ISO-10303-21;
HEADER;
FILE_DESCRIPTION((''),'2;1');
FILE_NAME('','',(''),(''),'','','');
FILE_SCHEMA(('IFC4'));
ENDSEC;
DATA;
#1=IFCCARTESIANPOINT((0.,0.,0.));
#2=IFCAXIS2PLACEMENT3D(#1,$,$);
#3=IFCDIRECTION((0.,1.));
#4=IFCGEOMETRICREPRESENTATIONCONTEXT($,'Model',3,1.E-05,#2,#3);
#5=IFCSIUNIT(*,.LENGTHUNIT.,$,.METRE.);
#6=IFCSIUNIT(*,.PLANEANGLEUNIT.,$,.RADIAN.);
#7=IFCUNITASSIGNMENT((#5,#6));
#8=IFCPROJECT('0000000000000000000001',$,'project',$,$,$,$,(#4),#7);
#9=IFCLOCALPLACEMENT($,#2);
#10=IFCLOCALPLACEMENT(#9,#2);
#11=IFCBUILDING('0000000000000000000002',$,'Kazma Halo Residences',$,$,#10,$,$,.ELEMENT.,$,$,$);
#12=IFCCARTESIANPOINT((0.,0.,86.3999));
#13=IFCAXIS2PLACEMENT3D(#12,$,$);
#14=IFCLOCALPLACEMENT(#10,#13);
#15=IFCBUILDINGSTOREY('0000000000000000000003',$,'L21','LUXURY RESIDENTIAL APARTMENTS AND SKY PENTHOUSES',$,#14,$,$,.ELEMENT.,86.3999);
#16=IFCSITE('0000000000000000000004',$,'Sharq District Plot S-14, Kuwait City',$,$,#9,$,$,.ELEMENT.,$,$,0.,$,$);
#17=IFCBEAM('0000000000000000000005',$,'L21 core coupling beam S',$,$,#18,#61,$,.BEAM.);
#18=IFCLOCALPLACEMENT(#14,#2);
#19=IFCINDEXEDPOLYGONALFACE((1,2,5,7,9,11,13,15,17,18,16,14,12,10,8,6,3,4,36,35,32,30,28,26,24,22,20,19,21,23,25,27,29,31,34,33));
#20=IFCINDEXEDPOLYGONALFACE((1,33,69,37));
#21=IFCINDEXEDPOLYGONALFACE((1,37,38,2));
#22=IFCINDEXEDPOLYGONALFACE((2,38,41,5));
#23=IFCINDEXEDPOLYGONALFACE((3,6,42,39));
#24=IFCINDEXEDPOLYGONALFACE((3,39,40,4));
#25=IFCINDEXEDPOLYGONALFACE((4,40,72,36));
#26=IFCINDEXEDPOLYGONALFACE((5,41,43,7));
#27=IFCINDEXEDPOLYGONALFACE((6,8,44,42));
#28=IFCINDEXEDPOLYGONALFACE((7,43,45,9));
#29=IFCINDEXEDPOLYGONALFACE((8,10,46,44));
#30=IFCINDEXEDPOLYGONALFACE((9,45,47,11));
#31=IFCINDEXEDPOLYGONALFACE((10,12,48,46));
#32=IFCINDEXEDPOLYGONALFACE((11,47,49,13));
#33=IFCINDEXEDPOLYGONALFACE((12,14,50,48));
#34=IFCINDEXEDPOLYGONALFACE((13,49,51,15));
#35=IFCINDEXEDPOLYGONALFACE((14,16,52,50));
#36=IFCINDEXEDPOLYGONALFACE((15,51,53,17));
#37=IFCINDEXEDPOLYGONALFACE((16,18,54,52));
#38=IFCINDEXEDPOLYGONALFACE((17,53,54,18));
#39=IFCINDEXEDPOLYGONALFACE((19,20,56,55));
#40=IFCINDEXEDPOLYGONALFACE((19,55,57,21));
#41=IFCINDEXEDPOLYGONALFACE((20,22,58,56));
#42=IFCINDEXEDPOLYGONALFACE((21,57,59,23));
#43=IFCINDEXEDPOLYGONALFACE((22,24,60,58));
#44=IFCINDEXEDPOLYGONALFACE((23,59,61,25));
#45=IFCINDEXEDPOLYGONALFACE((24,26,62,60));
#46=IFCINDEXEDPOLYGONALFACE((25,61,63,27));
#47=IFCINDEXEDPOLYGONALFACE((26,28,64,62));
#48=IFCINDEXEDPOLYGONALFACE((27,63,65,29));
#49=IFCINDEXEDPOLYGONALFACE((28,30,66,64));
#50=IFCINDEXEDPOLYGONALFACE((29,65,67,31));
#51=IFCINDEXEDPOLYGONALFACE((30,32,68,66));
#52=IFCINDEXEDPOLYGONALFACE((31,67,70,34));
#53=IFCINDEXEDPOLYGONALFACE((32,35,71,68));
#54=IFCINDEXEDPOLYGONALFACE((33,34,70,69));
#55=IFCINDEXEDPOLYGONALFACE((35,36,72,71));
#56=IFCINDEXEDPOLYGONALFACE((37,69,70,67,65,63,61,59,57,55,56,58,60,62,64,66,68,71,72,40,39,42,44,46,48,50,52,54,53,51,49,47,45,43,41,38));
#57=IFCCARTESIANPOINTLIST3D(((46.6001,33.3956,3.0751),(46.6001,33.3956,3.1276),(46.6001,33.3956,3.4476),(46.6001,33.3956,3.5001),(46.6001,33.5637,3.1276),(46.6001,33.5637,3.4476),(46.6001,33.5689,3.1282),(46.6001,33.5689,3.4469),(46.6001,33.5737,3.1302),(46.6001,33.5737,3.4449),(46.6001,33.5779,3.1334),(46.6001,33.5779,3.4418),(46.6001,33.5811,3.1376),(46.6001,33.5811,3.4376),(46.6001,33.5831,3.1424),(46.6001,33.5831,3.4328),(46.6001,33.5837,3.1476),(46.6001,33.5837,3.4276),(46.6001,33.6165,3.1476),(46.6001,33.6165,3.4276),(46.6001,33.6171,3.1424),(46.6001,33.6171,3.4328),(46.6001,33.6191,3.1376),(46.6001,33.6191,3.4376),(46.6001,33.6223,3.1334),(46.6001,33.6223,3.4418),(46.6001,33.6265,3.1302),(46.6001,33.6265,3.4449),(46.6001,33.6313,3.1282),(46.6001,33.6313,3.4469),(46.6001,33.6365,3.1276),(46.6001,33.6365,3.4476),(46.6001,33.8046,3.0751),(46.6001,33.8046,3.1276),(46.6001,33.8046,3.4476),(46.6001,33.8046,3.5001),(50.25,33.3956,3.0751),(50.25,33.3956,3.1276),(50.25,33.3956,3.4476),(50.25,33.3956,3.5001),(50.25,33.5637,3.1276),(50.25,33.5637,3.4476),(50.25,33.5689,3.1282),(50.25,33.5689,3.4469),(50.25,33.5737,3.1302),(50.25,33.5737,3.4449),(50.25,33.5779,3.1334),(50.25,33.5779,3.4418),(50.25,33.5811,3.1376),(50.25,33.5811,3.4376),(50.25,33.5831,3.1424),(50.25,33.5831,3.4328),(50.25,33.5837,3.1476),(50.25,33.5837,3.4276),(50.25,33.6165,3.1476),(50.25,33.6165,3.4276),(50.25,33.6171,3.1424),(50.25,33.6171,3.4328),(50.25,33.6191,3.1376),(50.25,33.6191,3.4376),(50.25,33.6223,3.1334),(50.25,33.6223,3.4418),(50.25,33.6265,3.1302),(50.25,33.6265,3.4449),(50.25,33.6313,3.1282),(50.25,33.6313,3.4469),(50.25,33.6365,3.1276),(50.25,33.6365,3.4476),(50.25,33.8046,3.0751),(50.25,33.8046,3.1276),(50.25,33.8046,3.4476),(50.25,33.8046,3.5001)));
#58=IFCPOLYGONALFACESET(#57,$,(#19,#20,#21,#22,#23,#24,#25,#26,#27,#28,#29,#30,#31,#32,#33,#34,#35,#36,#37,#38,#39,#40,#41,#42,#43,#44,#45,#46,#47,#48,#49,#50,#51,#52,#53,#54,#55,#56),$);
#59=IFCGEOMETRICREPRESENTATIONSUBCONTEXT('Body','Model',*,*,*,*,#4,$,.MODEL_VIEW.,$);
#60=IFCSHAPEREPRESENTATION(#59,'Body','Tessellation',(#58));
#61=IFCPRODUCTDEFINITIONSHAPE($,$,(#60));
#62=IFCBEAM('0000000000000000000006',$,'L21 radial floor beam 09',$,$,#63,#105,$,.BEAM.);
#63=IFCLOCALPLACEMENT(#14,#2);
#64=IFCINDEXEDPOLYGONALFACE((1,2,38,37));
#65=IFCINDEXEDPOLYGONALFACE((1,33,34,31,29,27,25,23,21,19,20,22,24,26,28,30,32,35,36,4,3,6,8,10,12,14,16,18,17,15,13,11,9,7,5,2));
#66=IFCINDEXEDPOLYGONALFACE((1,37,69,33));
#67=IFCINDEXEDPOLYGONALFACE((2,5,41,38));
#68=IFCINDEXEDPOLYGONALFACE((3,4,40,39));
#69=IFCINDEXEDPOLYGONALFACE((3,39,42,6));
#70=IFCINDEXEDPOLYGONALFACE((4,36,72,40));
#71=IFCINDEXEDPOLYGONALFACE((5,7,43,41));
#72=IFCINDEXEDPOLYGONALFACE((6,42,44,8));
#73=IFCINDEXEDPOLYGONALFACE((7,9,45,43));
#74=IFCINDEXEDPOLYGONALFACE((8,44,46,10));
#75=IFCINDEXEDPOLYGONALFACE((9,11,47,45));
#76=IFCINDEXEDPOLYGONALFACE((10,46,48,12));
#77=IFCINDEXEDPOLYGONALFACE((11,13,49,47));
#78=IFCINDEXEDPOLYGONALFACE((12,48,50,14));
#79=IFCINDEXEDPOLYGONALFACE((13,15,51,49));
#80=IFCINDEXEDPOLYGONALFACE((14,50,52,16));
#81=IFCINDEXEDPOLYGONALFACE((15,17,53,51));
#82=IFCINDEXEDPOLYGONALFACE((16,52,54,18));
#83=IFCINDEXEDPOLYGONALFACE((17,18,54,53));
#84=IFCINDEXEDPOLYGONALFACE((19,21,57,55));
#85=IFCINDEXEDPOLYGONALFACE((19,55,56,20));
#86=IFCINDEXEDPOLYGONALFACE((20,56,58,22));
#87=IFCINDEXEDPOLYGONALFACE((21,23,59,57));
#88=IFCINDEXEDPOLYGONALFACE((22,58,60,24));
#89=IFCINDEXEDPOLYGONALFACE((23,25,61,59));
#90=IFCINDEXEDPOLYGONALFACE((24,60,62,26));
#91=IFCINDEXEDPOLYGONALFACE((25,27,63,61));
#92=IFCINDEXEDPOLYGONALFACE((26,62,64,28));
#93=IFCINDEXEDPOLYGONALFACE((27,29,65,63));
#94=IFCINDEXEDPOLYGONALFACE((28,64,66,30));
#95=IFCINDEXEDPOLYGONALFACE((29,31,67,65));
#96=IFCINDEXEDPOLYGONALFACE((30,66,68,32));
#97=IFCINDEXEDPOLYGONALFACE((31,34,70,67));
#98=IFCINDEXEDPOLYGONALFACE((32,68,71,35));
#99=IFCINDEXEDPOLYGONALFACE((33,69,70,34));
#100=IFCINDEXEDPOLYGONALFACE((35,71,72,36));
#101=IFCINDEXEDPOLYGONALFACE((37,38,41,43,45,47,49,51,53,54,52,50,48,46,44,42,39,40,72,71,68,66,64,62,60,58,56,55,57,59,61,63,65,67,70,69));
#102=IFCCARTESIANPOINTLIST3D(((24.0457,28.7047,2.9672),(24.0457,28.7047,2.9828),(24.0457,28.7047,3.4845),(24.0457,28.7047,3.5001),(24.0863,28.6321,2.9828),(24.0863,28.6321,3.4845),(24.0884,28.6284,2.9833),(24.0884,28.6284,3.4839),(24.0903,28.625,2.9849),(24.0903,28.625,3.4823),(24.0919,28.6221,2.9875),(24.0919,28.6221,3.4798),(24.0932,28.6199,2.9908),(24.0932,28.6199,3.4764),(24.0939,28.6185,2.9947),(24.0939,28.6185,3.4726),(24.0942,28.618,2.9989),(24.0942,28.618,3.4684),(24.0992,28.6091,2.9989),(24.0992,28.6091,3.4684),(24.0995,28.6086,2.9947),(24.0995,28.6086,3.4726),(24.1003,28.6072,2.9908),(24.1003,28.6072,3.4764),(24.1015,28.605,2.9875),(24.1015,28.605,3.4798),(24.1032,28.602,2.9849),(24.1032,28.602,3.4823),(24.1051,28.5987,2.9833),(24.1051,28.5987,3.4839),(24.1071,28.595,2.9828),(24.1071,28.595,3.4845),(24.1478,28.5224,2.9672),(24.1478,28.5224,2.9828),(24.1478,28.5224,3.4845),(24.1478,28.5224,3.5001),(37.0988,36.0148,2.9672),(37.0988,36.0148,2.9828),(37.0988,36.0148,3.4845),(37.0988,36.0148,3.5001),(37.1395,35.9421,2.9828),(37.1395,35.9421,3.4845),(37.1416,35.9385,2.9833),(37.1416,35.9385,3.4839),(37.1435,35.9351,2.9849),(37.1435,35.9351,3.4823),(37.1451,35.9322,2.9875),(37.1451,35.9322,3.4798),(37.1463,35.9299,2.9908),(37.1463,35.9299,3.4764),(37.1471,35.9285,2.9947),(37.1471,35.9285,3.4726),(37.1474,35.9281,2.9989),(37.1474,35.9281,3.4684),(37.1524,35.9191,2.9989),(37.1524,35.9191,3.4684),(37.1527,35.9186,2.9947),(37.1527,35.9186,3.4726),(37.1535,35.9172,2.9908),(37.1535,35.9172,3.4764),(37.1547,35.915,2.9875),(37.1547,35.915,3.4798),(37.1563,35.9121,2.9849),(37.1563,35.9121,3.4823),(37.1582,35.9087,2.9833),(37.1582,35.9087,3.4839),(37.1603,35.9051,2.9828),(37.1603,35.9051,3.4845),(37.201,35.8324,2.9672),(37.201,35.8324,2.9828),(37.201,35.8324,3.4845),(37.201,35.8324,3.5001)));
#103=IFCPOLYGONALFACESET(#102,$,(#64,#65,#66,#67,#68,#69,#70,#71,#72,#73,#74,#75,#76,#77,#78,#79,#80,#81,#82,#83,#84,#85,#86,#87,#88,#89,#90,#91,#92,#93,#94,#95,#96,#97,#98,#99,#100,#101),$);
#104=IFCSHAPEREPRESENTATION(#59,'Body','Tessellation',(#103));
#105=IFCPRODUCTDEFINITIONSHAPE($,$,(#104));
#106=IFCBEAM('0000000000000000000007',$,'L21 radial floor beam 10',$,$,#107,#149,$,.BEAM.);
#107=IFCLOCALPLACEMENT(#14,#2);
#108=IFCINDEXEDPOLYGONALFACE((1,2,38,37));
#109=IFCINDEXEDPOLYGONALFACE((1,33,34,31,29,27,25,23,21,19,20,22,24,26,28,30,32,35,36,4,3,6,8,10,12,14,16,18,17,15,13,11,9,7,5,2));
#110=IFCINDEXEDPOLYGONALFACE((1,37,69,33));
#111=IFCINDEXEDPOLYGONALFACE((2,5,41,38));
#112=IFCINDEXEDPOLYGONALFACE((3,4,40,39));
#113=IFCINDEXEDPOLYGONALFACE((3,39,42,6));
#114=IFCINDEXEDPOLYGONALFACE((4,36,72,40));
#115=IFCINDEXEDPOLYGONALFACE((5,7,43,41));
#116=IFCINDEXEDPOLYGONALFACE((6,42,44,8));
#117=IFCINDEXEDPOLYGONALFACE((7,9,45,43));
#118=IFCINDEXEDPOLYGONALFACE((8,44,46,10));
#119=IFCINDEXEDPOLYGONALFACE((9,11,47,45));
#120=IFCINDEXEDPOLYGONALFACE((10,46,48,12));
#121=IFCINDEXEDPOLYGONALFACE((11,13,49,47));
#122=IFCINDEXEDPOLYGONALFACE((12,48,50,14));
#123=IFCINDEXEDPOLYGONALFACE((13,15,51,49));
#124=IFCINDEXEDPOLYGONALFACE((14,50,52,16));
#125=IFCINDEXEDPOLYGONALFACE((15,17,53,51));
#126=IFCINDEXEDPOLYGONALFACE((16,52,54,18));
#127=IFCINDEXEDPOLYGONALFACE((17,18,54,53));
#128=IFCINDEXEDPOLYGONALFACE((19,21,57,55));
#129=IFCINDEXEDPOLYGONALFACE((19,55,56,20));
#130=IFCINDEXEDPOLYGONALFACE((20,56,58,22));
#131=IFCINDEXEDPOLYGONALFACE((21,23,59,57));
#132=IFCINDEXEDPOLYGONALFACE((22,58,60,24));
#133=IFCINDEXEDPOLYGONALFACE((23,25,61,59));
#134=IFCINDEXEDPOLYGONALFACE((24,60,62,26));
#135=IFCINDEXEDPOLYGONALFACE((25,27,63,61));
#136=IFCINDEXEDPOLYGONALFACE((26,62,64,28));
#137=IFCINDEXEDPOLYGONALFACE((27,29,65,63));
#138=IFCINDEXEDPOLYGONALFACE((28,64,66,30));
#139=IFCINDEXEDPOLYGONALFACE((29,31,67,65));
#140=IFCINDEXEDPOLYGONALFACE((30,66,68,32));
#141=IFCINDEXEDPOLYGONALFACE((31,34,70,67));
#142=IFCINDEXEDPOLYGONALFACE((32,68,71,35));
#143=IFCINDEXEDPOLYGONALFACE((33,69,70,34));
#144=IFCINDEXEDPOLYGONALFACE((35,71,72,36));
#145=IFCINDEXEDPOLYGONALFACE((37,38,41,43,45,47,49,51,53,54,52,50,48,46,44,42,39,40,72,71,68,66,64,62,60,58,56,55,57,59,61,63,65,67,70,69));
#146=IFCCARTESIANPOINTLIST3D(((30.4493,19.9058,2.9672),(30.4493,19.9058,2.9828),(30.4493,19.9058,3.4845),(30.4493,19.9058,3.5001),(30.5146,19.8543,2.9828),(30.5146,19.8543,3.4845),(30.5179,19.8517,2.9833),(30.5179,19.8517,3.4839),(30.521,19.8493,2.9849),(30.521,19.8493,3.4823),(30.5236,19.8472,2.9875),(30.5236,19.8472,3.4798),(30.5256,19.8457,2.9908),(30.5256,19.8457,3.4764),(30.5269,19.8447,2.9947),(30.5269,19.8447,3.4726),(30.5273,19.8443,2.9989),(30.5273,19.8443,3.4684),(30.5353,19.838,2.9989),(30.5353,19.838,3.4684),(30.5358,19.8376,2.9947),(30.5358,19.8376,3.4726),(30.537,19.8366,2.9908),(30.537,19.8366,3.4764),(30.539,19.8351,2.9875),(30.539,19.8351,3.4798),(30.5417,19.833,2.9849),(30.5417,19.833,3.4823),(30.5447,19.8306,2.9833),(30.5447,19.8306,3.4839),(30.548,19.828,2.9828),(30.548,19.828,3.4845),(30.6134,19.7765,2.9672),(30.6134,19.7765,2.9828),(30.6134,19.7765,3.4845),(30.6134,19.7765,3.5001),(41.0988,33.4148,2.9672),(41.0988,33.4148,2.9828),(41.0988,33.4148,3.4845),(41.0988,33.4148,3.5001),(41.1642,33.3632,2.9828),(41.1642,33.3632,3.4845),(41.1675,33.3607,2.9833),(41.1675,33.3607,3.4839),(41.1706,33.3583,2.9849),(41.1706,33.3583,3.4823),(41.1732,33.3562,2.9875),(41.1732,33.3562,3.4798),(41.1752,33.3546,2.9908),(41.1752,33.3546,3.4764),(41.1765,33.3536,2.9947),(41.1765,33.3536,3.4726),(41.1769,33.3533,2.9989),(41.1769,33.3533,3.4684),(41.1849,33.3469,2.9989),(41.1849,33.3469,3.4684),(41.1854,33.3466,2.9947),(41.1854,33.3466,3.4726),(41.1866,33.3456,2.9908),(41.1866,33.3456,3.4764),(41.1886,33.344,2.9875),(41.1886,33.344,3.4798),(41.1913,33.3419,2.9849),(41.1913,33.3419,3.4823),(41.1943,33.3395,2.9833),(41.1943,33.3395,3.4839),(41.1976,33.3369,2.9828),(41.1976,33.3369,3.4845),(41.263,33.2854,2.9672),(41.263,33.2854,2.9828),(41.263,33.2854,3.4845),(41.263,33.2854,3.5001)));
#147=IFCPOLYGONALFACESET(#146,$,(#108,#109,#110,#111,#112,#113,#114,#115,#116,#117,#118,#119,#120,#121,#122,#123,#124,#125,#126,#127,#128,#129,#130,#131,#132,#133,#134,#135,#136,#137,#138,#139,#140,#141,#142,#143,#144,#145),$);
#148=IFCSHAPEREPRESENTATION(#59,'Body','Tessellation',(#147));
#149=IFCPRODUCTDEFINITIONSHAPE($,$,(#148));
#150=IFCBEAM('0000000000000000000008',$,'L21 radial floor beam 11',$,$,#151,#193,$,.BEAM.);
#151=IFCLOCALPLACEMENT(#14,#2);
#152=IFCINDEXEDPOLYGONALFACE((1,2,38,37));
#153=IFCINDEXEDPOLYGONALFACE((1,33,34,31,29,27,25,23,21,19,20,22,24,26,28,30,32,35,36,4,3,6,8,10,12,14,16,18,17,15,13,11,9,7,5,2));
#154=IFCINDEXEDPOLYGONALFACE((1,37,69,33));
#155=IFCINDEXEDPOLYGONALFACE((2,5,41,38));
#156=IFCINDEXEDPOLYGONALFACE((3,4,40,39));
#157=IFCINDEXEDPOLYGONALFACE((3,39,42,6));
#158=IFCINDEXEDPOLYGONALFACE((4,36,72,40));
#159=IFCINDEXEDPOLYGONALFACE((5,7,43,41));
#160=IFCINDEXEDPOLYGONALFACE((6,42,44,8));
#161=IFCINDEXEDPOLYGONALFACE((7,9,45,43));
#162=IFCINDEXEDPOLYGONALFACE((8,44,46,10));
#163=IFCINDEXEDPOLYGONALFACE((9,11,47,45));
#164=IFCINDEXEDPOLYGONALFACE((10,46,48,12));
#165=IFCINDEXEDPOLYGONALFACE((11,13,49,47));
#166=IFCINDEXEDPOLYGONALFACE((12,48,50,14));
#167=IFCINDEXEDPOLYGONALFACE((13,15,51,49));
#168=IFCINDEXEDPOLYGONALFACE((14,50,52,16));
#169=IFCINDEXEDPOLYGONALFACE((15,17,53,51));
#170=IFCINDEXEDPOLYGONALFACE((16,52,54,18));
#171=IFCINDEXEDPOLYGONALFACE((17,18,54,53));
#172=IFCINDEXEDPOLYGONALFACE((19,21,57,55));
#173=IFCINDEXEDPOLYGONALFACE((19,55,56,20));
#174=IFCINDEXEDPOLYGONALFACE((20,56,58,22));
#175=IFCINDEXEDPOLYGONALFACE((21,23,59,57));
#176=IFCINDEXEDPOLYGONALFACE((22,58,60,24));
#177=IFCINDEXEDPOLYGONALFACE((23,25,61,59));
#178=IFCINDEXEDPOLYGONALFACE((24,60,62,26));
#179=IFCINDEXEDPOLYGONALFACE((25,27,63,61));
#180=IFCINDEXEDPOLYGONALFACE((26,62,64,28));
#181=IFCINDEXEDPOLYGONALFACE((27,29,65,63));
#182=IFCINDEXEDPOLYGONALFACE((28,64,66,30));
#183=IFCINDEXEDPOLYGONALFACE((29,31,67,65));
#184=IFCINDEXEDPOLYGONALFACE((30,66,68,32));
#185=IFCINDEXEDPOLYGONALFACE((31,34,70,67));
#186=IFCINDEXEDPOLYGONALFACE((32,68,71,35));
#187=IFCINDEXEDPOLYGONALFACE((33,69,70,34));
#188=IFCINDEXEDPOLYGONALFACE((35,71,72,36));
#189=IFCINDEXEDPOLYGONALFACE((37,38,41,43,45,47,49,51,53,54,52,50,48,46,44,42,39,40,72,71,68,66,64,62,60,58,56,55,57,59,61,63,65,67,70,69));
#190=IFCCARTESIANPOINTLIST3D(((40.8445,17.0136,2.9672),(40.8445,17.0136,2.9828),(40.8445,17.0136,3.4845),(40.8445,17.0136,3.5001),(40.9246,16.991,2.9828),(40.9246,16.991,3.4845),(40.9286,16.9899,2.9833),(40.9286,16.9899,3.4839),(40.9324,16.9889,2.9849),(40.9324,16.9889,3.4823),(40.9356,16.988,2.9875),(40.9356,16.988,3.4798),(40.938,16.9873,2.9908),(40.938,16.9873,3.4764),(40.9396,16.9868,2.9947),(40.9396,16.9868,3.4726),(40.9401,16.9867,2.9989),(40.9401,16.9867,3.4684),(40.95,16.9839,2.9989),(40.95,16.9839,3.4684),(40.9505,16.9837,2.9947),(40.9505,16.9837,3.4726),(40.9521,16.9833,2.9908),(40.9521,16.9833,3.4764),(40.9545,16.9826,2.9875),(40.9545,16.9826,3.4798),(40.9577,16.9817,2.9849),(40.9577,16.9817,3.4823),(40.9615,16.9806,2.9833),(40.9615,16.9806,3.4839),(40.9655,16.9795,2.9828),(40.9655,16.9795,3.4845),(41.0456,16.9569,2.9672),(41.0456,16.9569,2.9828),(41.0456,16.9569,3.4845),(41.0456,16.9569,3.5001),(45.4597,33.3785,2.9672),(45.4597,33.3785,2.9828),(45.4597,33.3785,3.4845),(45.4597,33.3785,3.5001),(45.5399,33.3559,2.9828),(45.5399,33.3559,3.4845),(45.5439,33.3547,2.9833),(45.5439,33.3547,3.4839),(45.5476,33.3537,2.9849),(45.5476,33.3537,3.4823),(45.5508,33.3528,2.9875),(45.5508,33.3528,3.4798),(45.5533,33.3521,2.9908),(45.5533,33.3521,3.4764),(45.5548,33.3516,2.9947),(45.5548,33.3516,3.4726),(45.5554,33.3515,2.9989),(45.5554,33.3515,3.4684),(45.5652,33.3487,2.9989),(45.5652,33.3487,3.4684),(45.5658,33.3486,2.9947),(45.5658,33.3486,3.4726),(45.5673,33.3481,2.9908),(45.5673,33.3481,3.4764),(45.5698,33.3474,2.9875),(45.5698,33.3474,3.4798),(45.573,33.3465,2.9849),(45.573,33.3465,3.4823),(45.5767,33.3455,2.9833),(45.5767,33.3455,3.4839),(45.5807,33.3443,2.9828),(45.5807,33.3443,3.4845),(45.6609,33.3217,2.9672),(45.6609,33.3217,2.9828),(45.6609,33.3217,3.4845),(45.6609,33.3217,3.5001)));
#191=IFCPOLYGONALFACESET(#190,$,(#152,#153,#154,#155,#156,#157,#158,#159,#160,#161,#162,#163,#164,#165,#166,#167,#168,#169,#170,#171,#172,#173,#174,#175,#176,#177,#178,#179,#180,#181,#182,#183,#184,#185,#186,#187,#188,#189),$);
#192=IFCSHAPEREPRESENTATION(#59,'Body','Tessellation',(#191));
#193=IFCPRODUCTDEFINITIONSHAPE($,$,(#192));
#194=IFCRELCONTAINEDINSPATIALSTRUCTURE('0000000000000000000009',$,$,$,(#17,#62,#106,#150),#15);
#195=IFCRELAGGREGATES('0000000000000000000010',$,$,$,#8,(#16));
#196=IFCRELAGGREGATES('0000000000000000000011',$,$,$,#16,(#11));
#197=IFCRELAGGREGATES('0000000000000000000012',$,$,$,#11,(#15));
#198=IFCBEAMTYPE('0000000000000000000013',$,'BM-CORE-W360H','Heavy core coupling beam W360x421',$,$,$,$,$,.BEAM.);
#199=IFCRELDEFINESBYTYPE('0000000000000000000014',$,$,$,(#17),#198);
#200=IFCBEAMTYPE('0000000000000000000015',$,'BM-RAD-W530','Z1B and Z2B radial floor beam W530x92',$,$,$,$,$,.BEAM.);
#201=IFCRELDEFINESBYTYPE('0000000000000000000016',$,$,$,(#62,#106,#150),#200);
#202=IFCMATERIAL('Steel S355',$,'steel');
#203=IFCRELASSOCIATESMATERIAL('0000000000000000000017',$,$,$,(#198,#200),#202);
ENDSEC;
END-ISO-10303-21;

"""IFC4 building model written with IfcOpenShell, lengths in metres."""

from ifc_helpers import new_model, si_unit, direction, frame, origin, origin_2d, place, context, subcontext, project, spatial, i_section, extrude, material, material_profile, profile_set, type_object, element, save


model = new_model("IFC4")

# Units and contexts
model_context = context("Model", 3, precision=1e-05, world=origin(), true_north=direction((0.0, 1.0)))
body_context = subcontext(model_context, "Body", "Model", "MODEL_VIEW")
ifc_project = project(units=[si_unit("LENGTHUNIT", "METRE"), si_unit("PLANEANGLEUNIT", "RADIAN")], contexts=[model_context])

# Site, building, storey
site_placement = place(None, origin())
site = spatial("IfcSite", under=ifc_project, at=site_placement, Name="Sharq District Plot S-14, Kuwait City", CompositionType="ELEMENT", RefElevation=0.0)
building_placement = place(site_placement, origin())
building = spatial("IfcBuilding", under=site, at=building_placement, Name="Kazma Halo Residences", CompositionType="ELEMENT")
storey_placement = place(building_placement, frame((0.0, 0.0, 86.3999)))
storey = spatial("IfcBuildingStorey", under=building, at=storey_placement, Name="L21", Description="LUXURY RESIDENTIAL APARTMENTS AND SKY PENTHOUSES", CompositionType="ELEMENT", Elevation=86.3999)

# Beams
ifc_material_1 = material(Name="Steel S355", Category="steel")
ifc_material_profile_1 = material_profile(ifc_material_1, i_section(OverallWidth=0.4089, OverallDepth=0.425, WebThickness=0.0327, FlangeThickness=0.0525, FilletRadius=0.02, at=origin_2d()), Name="W360x421")
ifc_profile_set_1 = profile_set([ifc_material_profile_1], Name="Steel S355")
beam_type_1 = type_object("IfcBeamType", Name="BM-CORE-W360H", Description="Heavy core coupling beam W360x421", PredefinedType="BEAM", material=ifc_profile_set_1)
beam_1_placement = place(storey_placement, frame((46.6001, 33.6001, 3.2876), z_axis=(1.0, 0.0, 0.0), x_axis=(0.0, 1.0, 0.0)))
element("IfcBeam", 1, at=beam_1_placement, inside=storey, type_object=beam_type_1, Name="L21 core coupling beam S", PredefinedType="BEAM", context=body_context, shape_type="SweptSolid", body=[
    extrude(i_section(OverallWidth=0.4089, OverallDepth=0.425, WebThickness=0.0327, FlangeThickness=0.0525, FilletRadius=0.02, at=origin_2d()), origin(), (0.0, 0.0, 1.0), 3.6499),
])
ifc_material_profile_2 = material_profile(ifc_material_1, i_section(OverallWidth=0.209, OverallDepth=0.533, WebThickness=0.0103, FlangeThickness=0.0156, FilletRadius=0.0161, at=origin_2d()), Name="W530x92")
ifc_profile_set_2 = profile_set([ifc_material_profile_2], Name="Steel S355")
beam_type_2 = type_object("IfcBeamType", Name="BM-RAD-W530", Description="Z1B and Z2B radial floor beam W530x92", PredefinedType="BEAM", material=ifc_profile_set_2)
beam_2_placement = place(storey_placement, frame((37.1499, 35.9236, 3.2336), z_axis=(-0.872499, -0.488616, 0.0), x_axis=(0.488616, -0.872499, 0.0)))
element("IfcBeam", 2, at=beam_2_placement, inside=storey, type_object=beam_type_2, Name="L21 radial floor beam 09", PredefinedType="BEAM", context=body_context, shape_type="SweptSolid", body=[
    extrude(i_section(OverallWidth=0.209, OverallDepth=0.533, WebThickness=0.0103, FlangeThickness=0.0156, FilletRadius=0.0161, at=origin_2d()), origin(), (0.0, 0.0, 1.0), 14.9607),
])
beam_3_placement = place(storey_placement, frame((41.1809, 33.3501, 3.2336), z_axis=(-0.619094, -0.785317, 0.0), x_axis=(0.785317, -0.619094, 0.0)))
element("IfcBeam", 3, at=beam_3_placement, inside=storey, type_object=beam_type_2, Name="L21 radial floor beam 10", PredefinedType="BEAM", context=body_context, shape_type="SweptSolid", body=[
    extrude(i_section(OverallWidth=0.209, OverallDepth=0.533, WebThickness=0.0103, FlangeThickness=0.0156, FilletRadius=0.0161, at=origin_2d()), origin(), (0.0, 0.0, 1.0), 17.2019),
])
beam_4_placement = place(storey_placement, frame((45.5603, 33.3501, 3.2336), z_axis=(-0.271435, -0.962457, 0.0), x_axis=(0.962457, -0.271435, 0.0)))
element("IfcBeam", 4, at=beam_4_placement, inside=storey, type_object=beam_type_2, Name="L21 radial floor beam 11", PredefinedType="BEAM", context=body_context, shape_type="SweptSolid", body=[
    extrude(i_section(OverallWidth=0.209, OverallDepth=0.533, WebThickness=0.0103, FlangeThickness=0.0156, FilletRadius=0.0161, at=origin_2d()), origin(), (0.0, 0.0, 1.0), 17.0032),
])

save(model, "model.ifc")
